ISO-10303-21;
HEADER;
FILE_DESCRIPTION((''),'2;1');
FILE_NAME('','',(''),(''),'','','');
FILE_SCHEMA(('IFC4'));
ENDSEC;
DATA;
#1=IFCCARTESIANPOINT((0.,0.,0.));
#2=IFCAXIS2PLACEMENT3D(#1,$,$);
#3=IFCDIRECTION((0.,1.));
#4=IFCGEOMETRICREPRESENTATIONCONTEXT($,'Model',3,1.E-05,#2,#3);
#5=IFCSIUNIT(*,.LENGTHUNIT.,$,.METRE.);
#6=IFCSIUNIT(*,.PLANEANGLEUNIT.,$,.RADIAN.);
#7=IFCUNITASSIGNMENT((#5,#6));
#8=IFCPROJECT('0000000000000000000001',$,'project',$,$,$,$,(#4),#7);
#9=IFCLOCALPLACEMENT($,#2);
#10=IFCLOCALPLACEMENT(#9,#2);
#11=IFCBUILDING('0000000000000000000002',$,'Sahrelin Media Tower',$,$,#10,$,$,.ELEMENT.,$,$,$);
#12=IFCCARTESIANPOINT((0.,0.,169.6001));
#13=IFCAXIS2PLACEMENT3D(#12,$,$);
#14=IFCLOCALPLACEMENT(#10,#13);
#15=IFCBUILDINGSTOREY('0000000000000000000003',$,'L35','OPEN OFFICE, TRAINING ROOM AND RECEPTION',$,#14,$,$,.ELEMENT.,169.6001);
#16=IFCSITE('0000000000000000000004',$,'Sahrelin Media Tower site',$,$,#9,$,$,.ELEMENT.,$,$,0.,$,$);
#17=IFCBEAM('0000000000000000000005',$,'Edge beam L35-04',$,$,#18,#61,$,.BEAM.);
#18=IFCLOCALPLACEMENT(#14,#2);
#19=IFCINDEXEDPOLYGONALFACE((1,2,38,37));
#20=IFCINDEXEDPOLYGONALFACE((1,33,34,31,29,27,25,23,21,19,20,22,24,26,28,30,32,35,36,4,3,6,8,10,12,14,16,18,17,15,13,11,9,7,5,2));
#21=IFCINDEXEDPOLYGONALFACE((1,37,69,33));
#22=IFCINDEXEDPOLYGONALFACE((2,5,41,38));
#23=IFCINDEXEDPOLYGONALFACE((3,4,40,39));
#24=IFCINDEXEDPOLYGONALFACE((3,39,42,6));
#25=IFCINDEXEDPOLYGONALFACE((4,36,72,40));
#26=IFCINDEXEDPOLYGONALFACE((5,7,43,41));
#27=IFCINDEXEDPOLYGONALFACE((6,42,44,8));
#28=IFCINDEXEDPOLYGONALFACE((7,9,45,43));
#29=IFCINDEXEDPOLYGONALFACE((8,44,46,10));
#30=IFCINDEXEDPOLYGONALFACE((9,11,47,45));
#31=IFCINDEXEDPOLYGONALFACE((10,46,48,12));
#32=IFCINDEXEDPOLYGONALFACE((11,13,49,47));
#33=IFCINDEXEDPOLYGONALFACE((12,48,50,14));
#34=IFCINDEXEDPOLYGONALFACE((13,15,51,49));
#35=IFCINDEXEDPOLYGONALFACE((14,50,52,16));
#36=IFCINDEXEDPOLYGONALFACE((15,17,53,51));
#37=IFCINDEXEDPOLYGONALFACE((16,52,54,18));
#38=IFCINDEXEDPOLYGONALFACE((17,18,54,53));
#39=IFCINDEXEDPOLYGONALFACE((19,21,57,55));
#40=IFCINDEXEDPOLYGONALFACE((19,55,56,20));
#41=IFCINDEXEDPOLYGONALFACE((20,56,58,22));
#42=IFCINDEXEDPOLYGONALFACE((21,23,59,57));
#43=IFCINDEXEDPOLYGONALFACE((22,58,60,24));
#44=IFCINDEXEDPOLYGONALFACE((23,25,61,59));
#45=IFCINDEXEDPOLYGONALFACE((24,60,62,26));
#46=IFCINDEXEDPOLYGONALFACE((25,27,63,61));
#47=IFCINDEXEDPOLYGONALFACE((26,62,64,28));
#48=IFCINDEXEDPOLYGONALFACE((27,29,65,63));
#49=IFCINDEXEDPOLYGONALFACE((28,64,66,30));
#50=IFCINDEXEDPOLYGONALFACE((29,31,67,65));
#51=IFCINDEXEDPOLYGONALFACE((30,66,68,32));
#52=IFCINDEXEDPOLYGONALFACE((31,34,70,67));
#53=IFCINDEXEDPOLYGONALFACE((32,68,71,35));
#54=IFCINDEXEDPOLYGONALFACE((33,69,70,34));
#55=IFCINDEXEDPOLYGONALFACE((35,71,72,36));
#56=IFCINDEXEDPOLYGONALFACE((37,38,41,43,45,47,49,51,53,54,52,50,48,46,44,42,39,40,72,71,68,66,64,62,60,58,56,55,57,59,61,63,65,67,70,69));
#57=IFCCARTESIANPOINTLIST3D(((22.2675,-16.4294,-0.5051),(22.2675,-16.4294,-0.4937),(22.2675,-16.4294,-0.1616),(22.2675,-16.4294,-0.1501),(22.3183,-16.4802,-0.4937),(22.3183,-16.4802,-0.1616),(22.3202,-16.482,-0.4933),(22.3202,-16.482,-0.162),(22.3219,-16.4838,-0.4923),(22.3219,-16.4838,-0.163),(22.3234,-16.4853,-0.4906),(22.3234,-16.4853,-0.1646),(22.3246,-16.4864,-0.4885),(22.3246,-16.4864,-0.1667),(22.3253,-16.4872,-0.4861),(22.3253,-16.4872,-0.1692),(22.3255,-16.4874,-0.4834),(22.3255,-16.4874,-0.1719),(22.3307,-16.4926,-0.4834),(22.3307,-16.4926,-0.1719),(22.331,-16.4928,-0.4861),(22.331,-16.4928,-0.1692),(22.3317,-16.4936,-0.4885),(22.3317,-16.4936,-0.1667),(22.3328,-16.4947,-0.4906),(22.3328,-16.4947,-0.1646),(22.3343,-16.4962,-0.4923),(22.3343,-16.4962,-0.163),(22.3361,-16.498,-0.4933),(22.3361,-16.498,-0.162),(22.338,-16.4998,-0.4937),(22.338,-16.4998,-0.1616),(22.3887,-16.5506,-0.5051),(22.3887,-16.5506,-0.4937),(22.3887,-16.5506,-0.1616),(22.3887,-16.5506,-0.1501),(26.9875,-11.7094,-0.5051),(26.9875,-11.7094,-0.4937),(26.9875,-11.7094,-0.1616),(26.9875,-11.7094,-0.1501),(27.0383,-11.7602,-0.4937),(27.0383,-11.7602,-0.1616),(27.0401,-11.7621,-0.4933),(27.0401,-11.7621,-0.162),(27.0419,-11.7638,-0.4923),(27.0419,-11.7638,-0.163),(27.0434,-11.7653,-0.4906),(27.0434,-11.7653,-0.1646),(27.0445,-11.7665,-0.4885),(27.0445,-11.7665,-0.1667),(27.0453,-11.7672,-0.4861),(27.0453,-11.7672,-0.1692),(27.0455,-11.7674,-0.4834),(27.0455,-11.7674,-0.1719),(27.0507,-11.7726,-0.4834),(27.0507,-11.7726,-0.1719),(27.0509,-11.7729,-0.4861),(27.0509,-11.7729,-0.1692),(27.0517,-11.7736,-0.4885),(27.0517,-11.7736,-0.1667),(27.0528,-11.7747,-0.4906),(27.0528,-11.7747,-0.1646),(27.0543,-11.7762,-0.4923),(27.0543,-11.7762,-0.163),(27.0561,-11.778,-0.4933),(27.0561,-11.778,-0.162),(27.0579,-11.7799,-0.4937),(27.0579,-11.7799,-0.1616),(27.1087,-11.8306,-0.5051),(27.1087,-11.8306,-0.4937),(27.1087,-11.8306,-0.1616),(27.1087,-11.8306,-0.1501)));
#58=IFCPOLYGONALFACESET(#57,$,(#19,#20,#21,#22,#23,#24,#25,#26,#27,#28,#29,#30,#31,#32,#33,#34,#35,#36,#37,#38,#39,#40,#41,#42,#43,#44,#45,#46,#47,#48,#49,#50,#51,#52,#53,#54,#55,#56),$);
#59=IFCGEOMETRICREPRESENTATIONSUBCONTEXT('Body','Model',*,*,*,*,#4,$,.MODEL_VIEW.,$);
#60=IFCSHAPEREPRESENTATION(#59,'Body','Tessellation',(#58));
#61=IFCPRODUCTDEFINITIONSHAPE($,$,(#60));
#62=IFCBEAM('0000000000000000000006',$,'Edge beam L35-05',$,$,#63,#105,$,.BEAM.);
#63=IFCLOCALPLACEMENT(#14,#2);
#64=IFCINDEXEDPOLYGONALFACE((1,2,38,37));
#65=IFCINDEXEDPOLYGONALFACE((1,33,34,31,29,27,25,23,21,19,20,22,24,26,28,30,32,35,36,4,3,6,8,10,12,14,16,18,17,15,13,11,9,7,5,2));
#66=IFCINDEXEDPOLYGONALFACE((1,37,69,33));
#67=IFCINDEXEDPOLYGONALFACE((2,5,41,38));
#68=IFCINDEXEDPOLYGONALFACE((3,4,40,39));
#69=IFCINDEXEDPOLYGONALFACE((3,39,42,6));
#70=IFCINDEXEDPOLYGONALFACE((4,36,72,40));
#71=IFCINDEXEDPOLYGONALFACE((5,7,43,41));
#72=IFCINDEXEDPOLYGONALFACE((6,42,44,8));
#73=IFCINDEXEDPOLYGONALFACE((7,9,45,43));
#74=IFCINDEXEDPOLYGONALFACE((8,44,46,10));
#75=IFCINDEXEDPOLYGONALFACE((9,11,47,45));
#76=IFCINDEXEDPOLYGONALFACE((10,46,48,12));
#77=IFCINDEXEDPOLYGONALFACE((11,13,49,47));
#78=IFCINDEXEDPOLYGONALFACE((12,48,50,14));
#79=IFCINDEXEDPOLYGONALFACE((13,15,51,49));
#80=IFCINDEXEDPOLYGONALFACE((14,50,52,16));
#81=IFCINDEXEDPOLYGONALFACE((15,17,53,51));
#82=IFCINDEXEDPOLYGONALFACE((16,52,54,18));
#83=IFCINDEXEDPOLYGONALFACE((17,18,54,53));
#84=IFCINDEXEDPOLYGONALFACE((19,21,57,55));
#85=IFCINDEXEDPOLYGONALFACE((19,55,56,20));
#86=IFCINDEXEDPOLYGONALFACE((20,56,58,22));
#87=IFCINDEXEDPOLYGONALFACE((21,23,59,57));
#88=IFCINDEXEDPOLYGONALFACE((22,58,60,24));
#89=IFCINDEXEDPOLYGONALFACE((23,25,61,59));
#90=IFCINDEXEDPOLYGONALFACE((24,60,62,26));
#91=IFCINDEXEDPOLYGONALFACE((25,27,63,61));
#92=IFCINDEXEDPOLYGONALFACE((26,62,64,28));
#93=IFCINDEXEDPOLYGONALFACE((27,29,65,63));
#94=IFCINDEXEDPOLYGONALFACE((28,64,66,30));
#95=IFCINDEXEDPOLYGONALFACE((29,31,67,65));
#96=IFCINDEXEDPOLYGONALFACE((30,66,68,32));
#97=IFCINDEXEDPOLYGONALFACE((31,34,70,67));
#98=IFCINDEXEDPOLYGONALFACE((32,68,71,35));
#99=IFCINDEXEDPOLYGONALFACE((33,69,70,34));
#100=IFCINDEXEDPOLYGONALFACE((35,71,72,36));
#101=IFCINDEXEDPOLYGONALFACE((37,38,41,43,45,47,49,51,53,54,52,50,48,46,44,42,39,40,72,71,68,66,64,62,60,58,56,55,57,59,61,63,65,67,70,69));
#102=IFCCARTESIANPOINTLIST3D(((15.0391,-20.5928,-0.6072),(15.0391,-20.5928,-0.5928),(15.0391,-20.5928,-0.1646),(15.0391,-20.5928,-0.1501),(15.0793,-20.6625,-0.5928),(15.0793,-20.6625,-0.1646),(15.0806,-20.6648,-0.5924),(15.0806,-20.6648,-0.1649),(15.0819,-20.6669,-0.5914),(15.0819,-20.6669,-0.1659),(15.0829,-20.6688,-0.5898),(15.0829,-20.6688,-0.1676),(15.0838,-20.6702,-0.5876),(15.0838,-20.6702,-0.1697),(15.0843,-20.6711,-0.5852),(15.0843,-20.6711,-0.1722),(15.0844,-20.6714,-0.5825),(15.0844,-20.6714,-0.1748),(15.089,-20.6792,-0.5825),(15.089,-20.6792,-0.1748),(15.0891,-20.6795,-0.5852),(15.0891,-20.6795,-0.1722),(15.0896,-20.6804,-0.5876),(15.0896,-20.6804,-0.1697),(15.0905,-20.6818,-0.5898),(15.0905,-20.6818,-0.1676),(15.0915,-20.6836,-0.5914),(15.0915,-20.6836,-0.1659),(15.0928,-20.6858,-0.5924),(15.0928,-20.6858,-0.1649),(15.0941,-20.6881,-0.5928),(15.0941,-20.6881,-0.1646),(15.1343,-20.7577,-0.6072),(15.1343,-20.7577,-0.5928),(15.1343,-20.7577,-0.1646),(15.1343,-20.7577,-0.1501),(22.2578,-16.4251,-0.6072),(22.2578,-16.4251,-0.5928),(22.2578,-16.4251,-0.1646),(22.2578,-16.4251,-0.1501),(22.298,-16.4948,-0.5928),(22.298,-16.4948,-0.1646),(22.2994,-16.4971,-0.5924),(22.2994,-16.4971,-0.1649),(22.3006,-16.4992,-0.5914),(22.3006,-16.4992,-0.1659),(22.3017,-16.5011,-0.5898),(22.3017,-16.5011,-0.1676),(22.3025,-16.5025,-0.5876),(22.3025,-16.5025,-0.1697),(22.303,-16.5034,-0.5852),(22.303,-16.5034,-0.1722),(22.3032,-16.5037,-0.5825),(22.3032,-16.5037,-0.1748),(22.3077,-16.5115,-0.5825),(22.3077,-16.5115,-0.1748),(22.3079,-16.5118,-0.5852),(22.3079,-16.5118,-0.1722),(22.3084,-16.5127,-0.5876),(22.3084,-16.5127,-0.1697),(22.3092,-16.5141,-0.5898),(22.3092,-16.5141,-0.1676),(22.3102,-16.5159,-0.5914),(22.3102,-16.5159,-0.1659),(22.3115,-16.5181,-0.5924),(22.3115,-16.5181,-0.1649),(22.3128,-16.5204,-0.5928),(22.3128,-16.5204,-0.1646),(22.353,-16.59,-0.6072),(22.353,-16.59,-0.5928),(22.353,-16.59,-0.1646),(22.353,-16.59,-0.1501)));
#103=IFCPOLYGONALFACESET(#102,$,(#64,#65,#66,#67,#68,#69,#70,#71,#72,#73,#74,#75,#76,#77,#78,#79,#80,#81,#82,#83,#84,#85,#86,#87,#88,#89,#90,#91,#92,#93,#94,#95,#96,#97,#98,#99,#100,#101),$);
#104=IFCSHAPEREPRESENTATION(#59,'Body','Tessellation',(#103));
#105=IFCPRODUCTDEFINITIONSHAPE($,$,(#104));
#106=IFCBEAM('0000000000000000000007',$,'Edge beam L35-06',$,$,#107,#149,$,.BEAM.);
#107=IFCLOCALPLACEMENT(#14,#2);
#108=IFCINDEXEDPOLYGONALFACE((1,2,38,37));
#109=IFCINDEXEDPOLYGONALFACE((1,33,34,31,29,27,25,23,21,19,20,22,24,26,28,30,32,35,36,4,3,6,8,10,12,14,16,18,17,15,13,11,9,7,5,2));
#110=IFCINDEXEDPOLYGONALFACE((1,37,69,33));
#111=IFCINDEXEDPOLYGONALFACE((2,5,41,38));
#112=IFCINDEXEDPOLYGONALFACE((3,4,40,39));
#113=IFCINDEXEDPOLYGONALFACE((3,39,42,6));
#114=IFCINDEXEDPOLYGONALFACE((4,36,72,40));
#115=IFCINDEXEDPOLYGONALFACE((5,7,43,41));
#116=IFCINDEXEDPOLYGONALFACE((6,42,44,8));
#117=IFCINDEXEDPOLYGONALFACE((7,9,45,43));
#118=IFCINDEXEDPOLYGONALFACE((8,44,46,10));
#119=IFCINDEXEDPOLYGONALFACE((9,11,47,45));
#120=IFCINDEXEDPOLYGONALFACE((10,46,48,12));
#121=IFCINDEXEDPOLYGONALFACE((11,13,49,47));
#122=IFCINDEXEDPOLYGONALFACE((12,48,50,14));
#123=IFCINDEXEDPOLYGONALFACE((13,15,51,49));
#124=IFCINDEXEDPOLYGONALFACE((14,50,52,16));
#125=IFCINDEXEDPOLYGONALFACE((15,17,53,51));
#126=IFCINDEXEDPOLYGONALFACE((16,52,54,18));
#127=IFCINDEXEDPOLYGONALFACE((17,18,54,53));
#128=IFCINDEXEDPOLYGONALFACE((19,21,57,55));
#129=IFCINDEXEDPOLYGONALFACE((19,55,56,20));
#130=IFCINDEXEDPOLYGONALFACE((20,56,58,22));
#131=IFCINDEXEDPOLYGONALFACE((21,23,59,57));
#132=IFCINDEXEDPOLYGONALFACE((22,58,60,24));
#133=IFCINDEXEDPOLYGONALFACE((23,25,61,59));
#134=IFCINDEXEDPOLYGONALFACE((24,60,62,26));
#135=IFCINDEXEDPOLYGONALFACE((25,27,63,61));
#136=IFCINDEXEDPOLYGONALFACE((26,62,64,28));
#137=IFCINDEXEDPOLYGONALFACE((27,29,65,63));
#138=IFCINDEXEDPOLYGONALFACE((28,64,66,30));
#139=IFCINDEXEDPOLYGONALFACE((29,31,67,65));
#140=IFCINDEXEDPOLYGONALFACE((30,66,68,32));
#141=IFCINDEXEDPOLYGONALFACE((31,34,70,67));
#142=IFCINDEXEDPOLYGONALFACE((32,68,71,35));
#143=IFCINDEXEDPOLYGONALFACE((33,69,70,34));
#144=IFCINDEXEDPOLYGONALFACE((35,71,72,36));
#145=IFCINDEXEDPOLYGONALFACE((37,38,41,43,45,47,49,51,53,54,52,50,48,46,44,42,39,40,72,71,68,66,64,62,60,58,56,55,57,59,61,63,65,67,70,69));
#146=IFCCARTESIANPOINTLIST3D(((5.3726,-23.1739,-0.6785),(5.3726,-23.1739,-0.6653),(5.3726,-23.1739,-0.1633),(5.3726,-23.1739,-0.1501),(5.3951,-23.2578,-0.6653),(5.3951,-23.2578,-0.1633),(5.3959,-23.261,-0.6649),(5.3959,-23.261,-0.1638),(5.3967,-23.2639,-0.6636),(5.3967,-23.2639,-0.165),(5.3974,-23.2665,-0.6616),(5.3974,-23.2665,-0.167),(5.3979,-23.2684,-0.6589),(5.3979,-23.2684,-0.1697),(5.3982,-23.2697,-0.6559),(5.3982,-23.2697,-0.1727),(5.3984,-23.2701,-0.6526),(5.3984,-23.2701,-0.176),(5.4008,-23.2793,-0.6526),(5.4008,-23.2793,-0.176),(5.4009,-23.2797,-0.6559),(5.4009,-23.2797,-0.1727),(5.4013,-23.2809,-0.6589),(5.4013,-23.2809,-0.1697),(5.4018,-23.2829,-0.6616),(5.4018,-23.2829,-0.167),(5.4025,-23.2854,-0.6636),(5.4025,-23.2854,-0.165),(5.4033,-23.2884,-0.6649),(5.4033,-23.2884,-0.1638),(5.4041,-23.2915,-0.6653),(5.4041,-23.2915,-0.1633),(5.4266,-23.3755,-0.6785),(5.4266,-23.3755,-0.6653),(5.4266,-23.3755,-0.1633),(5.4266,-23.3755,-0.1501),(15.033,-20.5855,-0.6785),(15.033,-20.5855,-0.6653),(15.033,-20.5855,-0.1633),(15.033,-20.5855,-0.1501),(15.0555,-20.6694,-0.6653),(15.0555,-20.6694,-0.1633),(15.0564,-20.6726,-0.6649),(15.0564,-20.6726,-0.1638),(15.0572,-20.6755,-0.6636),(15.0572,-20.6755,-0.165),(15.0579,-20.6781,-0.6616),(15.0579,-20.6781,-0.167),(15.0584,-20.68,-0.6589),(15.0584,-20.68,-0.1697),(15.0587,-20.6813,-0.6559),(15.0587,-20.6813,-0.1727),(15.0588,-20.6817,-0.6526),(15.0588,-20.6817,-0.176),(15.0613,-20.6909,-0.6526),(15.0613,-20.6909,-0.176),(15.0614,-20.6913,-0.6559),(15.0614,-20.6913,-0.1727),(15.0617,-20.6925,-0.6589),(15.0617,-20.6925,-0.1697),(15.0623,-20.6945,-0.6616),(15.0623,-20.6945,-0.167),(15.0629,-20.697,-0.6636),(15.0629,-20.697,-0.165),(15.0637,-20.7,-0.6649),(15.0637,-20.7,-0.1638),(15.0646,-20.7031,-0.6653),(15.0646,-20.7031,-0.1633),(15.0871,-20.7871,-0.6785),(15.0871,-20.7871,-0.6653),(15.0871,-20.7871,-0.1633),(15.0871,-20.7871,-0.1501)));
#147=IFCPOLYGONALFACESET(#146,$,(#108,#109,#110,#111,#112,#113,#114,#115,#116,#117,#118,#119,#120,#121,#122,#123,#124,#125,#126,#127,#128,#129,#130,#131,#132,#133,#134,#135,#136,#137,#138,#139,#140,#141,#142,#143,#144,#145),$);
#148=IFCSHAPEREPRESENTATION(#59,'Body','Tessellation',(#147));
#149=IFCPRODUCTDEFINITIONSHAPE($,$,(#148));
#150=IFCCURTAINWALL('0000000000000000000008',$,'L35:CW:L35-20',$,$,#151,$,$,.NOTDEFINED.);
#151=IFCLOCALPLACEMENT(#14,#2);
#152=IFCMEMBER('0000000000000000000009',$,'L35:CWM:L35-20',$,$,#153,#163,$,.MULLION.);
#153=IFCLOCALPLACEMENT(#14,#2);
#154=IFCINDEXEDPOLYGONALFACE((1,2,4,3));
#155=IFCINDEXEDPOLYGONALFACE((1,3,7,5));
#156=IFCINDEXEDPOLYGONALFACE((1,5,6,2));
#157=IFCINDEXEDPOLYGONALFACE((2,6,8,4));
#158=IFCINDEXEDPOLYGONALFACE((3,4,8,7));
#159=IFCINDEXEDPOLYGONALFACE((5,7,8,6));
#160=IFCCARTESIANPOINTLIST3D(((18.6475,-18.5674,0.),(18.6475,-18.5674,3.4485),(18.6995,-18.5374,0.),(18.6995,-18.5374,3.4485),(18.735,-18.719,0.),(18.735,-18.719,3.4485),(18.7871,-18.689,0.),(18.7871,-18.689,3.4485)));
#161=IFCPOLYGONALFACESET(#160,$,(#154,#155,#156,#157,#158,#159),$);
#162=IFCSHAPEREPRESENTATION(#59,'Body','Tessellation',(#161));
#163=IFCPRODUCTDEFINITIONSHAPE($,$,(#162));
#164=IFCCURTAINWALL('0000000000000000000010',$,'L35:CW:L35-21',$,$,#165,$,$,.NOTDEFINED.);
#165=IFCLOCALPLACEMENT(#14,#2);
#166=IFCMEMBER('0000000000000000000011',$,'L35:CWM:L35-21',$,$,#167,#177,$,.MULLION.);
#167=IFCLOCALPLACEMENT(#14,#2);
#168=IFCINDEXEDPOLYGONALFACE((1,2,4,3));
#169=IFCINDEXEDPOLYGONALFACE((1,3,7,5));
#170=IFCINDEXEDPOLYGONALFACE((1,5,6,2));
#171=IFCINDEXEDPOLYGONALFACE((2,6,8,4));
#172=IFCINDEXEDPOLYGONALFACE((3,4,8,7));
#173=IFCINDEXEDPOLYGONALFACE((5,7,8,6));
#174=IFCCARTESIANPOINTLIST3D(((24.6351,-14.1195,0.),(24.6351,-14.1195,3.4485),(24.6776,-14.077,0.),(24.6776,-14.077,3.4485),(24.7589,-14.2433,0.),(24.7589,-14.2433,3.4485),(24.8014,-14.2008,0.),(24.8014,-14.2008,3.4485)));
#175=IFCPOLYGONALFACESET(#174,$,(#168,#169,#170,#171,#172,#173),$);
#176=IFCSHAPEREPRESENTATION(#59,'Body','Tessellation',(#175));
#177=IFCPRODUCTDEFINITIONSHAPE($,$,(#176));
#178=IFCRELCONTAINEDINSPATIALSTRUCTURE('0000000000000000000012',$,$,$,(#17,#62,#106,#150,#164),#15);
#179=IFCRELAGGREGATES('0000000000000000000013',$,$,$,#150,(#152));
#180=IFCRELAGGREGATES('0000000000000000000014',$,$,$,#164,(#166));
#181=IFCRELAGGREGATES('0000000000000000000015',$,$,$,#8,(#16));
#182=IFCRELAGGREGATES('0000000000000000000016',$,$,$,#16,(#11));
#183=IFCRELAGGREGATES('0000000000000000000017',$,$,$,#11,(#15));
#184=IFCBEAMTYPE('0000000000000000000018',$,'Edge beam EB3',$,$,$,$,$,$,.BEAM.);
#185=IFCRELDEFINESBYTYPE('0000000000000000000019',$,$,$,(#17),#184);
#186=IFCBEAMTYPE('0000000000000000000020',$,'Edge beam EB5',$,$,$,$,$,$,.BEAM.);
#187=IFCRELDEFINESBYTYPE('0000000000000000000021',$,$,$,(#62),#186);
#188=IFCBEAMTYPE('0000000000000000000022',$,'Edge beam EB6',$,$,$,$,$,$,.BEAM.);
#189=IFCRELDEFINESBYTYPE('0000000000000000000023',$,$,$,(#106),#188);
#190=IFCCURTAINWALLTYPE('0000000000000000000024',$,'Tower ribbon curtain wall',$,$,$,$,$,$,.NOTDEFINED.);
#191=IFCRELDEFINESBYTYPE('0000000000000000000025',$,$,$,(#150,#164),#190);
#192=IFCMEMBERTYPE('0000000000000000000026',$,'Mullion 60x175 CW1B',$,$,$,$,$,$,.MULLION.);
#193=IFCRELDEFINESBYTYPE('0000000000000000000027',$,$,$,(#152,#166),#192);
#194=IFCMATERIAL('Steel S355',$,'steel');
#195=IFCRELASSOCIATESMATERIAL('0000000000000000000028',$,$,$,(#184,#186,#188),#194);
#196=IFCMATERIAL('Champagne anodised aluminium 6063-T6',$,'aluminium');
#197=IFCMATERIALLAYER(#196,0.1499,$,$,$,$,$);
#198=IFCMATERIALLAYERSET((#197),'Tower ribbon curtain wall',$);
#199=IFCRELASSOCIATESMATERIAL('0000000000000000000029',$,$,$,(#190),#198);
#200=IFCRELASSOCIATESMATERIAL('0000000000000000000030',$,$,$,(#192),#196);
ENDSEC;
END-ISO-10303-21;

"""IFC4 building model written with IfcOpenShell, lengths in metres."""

from ifc_helpers import new_model, si_unit, direction, frame, origin, origin_2d, place, context, subcontext, project, spatial, rectangle, i_section, extrude, material, layer, layer_set, material_profile, profile_set, type_object, element, aggregate, save


model = new_model("IFC4")

# Units and contexts
model_context = context("Model", 3, precision=1e-05, world=origin(), true_north=direction((0.0, 1.0)))
body_context = subcontext(model_context, "Body", "Model", "MODEL_VIEW")
ifc_project = project(units=[si_unit("LENGTHUNIT", "METRE"), si_unit("PLANEANGLEUNIT", "RADIAN")], contexts=[model_context])

# Site, building, storey
site_placement = place(None, origin())
site = spatial("IfcSite", under=ifc_project, at=site_placement, Name="Sahrelin Media Tower site", CompositionType="ELEMENT", RefElevation=0.0)
building_placement = place(site_placement, origin())
building = spatial("IfcBuilding", under=site, at=building_placement, Name="Sahrelin Media Tower", CompositionType="ELEMENT")
storey_placement = place(building_placement, frame((0.0, 0.0, 169.6001)))
storey = spatial("IfcBuildingStorey", under=building, at=storey_placement, Name="L35", Description="OPEN OFFICE, TRAINING ROOM AND RECEPTION", CompositionType="ELEMENT", Elevation=169.6001)

# Beams
ifc_material_1 = material(Name="Steel S355", Category="steel")
ifc_material_profile_1 = material_profile(ifc_material_1, i_section(OverallWidth=0.1714, OverallDepth=0.355, WebThickness=0.0073, FlangeThickness=0.0115, FilletRadius=0.0103, at=origin_2d()), Name="UB 356x171x51")
ifc_profile_set_1 = profile_set([ifc_material_profile_1], Name="Steel S355")
beam_type_1 = type_object("IfcBeamType", Name="Edge beam EB3", PredefinedType="BEAM", material=ifc_profile_set_1)
beam_1_placement = place(storey_placement, frame((27.0481, -11.77, -0.3276), z_axis=(-0.707107, -0.707107, 0.0), x_axis=(0.707107, -0.707107, 0.0)))
element("IfcBeam", 1, at=beam_1_placement, inside=storey, type_object=beam_type_1, Name="Edge beam L35-04", PredefinedType="BEAM", context=body_context, shape_type="SweptSolid", body=[
    extrude(i_section(OverallWidth=0.1714, OverallDepth=0.355, WebThickness=0.0073, FlangeThickness=0.0115, FilletRadius=0.0103, at=origin_2d()), origin(), (0.0, 0.0, 1.0), 6.675),
])
ifc_material_profile_2 = material_profile(ifc_material_1, i_section(OverallWidth=0.1904, OverallDepth=0.457, WebThickness=0.009, FlangeThickness=0.0144, FilletRadius=0.0103, at=origin_2d()), Name="UB 457x191x74")
ifc_profile_set_2 = profile_set([ifc_material_profile_2], Name="Steel S355")
beam_type_2 = type_object("IfcBeamType", Name="Edge beam EB5", PredefinedType="BEAM", material=ifc_profile_set_2)
beam_2_placement = place(storey_placement, frame((22.3054, -16.5076, -0.3787), z_axis=(-0.866027, -0.499998, 0.0), x_axis=(0.499998, -0.866027, 0.0)))
element("IfcBeam", 2, at=beam_2_placement, inside=storey, type_object=beam_type_2, Name="Edge beam L35-05", PredefinedType="BEAM", context=body_context, shape_type="SweptSolid", body=[
    extrude(i_section(OverallWidth=0.1904, OverallDepth=0.457, WebThickness=0.009, FlangeThickness=0.0144, FilletRadius=0.0103, at=origin_2d()), origin(), (0.0, 0.0, 1.0), 8.3354),
])
ifc_material_profile_3 = material_profile(ifc_material_1, i_section(OverallWidth=0.2087, OverallDepth=0.5283, WebThickness=0.0095, FlangeThickness=0.0132, FilletRadius=0.0127, at=origin_2d()), Name="UB 533x210x82")
ifc_profile_set_3 = profile_set([ifc_material_profile_3], Name="Steel S355")
beam_type_3 = type_object("IfcBeamType", Name="Edge beam EB6", PredefinedType="BEAM", material=ifc_profile_set_3)
beam_3_placement = place(storey_placement, frame((15.0601, -20.6863, -0.4143), z_axis=(-0.965929, -0.258808, 0.0), x_axis=(0.258808, -0.965929, 0.0)))
element("IfcBeam", 3, at=beam_3_placement, inside=storey, type_object=beam_type_3, Name="Edge beam L35-06", PredefinedType="BEAM", context=body_context, shape_type="SweptSolid", body=[
    extrude(i_section(OverallWidth=0.2087, OverallDepth=0.5283, WebThickness=0.0095, FlangeThickness=0.0132, FilletRadius=0.0127, at=origin_2d()), origin(), (0.0, 0.0, 1.0), 10.0012),
])

# Curtain walls, members
ifc_material_2 = material(Name="Champagne anodised aluminium 6063-T6", Category="aluminium")
ifc_layer_1 = layer(ifc_material_2, 0.1499)
ifc_layer_set_1 = layer_set([ifc_layer_1], Name="Tower ribbon curtain wall")
curtain_wall_type = type_object("IfcCurtainWallType", Name="Tower ribbon curtain wall", PredefinedType="NOTDEFINED", material=ifc_layer_set_1)
curtain_wall_1_placement = place(storey_placement, frame((18.771, -18.7212, 0.0), z_axis=(0.0, 0.0, 1.0), x_axis=(1.0, 0.0, 0.0)))
curtain_wall_1 = element("IfcCurtainWall", 4, at=curtain_wall_1_placement, inside=storey, type_object=curtain_wall_type, Name="L35:CW:L35-20", PredefinedType="NOTDEFINED")
ifc_material_profile_4 = material_profile(ifc_material_2, rectangle(XDim=0.0601, YDim=0.175, at=origin_2d()), Name="Mullion 60x175")
ifc_profile_set_4 = profile_set([ifc_material_profile_4], Name="Champagne anodised aluminium 6063-T6")
member_type_1 = type_object("IfcMemberType", Name="Mullion 60x175 CW1B", PredefinedType="MULLION", material=ifc_profile_set_4)
member_1_placement = place(storey_placement, frame((18.7173, -18.6282, 0.0), z_axis=(0.0, 0.0, 1.0), x_axis=(0.866028, 0.499995, 0.0)))
member_1 = element("IfcMember", 5, at=member_1_placement, type_object=member_type_1, Name="L35:CWM:L35-20", PredefinedType="MULLION", context=body_context, shape_type="SweptSolid", body=[
    extrude(rectangle(XDim=0.0601, YDim=0.175, at=origin_2d()), origin(), (0.0, 0.0, 1.0), 3.4485),
])
curtain_wall_2_placement = place(storey_placement, frame((24.7942, -14.2361, 0.0), z_axis=(0.0, 0.0, 1.0), x_axis=(1.0, 0.0, 0.0)))
curtain_wall_2 = element("IfcCurtainWall", 6, at=curtain_wall_2_placement, inside=storey, type_object=curtain_wall_type, Name="L35:CW:L35-21", PredefinedType="NOTDEFINED")
member_2_placement = place(storey_placement, frame((24.7183, -14.1602, 0.0), z_axis=(0.0, 0.0, 1.0), x_axis=(0.707107, 0.707107, 0.0)))
member_2 = element("IfcMember", 7, at=member_2_placement, type_object=member_type_1, Name="L35:CWM:L35-21", PredefinedType="MULLION", context=body_context, shape_type="SweptSolid", body=[
    extrude(rectangle(XDim=0.0601, YDim=0.175, at=origin_2d()), origin(), (0.0, 0.0, 1.0), 3.4485),
])

aggregate(curtain_wall_1, [member_1])
aggregate(curtain_wall_2, [member_2])

save(model, "model.ifc")
